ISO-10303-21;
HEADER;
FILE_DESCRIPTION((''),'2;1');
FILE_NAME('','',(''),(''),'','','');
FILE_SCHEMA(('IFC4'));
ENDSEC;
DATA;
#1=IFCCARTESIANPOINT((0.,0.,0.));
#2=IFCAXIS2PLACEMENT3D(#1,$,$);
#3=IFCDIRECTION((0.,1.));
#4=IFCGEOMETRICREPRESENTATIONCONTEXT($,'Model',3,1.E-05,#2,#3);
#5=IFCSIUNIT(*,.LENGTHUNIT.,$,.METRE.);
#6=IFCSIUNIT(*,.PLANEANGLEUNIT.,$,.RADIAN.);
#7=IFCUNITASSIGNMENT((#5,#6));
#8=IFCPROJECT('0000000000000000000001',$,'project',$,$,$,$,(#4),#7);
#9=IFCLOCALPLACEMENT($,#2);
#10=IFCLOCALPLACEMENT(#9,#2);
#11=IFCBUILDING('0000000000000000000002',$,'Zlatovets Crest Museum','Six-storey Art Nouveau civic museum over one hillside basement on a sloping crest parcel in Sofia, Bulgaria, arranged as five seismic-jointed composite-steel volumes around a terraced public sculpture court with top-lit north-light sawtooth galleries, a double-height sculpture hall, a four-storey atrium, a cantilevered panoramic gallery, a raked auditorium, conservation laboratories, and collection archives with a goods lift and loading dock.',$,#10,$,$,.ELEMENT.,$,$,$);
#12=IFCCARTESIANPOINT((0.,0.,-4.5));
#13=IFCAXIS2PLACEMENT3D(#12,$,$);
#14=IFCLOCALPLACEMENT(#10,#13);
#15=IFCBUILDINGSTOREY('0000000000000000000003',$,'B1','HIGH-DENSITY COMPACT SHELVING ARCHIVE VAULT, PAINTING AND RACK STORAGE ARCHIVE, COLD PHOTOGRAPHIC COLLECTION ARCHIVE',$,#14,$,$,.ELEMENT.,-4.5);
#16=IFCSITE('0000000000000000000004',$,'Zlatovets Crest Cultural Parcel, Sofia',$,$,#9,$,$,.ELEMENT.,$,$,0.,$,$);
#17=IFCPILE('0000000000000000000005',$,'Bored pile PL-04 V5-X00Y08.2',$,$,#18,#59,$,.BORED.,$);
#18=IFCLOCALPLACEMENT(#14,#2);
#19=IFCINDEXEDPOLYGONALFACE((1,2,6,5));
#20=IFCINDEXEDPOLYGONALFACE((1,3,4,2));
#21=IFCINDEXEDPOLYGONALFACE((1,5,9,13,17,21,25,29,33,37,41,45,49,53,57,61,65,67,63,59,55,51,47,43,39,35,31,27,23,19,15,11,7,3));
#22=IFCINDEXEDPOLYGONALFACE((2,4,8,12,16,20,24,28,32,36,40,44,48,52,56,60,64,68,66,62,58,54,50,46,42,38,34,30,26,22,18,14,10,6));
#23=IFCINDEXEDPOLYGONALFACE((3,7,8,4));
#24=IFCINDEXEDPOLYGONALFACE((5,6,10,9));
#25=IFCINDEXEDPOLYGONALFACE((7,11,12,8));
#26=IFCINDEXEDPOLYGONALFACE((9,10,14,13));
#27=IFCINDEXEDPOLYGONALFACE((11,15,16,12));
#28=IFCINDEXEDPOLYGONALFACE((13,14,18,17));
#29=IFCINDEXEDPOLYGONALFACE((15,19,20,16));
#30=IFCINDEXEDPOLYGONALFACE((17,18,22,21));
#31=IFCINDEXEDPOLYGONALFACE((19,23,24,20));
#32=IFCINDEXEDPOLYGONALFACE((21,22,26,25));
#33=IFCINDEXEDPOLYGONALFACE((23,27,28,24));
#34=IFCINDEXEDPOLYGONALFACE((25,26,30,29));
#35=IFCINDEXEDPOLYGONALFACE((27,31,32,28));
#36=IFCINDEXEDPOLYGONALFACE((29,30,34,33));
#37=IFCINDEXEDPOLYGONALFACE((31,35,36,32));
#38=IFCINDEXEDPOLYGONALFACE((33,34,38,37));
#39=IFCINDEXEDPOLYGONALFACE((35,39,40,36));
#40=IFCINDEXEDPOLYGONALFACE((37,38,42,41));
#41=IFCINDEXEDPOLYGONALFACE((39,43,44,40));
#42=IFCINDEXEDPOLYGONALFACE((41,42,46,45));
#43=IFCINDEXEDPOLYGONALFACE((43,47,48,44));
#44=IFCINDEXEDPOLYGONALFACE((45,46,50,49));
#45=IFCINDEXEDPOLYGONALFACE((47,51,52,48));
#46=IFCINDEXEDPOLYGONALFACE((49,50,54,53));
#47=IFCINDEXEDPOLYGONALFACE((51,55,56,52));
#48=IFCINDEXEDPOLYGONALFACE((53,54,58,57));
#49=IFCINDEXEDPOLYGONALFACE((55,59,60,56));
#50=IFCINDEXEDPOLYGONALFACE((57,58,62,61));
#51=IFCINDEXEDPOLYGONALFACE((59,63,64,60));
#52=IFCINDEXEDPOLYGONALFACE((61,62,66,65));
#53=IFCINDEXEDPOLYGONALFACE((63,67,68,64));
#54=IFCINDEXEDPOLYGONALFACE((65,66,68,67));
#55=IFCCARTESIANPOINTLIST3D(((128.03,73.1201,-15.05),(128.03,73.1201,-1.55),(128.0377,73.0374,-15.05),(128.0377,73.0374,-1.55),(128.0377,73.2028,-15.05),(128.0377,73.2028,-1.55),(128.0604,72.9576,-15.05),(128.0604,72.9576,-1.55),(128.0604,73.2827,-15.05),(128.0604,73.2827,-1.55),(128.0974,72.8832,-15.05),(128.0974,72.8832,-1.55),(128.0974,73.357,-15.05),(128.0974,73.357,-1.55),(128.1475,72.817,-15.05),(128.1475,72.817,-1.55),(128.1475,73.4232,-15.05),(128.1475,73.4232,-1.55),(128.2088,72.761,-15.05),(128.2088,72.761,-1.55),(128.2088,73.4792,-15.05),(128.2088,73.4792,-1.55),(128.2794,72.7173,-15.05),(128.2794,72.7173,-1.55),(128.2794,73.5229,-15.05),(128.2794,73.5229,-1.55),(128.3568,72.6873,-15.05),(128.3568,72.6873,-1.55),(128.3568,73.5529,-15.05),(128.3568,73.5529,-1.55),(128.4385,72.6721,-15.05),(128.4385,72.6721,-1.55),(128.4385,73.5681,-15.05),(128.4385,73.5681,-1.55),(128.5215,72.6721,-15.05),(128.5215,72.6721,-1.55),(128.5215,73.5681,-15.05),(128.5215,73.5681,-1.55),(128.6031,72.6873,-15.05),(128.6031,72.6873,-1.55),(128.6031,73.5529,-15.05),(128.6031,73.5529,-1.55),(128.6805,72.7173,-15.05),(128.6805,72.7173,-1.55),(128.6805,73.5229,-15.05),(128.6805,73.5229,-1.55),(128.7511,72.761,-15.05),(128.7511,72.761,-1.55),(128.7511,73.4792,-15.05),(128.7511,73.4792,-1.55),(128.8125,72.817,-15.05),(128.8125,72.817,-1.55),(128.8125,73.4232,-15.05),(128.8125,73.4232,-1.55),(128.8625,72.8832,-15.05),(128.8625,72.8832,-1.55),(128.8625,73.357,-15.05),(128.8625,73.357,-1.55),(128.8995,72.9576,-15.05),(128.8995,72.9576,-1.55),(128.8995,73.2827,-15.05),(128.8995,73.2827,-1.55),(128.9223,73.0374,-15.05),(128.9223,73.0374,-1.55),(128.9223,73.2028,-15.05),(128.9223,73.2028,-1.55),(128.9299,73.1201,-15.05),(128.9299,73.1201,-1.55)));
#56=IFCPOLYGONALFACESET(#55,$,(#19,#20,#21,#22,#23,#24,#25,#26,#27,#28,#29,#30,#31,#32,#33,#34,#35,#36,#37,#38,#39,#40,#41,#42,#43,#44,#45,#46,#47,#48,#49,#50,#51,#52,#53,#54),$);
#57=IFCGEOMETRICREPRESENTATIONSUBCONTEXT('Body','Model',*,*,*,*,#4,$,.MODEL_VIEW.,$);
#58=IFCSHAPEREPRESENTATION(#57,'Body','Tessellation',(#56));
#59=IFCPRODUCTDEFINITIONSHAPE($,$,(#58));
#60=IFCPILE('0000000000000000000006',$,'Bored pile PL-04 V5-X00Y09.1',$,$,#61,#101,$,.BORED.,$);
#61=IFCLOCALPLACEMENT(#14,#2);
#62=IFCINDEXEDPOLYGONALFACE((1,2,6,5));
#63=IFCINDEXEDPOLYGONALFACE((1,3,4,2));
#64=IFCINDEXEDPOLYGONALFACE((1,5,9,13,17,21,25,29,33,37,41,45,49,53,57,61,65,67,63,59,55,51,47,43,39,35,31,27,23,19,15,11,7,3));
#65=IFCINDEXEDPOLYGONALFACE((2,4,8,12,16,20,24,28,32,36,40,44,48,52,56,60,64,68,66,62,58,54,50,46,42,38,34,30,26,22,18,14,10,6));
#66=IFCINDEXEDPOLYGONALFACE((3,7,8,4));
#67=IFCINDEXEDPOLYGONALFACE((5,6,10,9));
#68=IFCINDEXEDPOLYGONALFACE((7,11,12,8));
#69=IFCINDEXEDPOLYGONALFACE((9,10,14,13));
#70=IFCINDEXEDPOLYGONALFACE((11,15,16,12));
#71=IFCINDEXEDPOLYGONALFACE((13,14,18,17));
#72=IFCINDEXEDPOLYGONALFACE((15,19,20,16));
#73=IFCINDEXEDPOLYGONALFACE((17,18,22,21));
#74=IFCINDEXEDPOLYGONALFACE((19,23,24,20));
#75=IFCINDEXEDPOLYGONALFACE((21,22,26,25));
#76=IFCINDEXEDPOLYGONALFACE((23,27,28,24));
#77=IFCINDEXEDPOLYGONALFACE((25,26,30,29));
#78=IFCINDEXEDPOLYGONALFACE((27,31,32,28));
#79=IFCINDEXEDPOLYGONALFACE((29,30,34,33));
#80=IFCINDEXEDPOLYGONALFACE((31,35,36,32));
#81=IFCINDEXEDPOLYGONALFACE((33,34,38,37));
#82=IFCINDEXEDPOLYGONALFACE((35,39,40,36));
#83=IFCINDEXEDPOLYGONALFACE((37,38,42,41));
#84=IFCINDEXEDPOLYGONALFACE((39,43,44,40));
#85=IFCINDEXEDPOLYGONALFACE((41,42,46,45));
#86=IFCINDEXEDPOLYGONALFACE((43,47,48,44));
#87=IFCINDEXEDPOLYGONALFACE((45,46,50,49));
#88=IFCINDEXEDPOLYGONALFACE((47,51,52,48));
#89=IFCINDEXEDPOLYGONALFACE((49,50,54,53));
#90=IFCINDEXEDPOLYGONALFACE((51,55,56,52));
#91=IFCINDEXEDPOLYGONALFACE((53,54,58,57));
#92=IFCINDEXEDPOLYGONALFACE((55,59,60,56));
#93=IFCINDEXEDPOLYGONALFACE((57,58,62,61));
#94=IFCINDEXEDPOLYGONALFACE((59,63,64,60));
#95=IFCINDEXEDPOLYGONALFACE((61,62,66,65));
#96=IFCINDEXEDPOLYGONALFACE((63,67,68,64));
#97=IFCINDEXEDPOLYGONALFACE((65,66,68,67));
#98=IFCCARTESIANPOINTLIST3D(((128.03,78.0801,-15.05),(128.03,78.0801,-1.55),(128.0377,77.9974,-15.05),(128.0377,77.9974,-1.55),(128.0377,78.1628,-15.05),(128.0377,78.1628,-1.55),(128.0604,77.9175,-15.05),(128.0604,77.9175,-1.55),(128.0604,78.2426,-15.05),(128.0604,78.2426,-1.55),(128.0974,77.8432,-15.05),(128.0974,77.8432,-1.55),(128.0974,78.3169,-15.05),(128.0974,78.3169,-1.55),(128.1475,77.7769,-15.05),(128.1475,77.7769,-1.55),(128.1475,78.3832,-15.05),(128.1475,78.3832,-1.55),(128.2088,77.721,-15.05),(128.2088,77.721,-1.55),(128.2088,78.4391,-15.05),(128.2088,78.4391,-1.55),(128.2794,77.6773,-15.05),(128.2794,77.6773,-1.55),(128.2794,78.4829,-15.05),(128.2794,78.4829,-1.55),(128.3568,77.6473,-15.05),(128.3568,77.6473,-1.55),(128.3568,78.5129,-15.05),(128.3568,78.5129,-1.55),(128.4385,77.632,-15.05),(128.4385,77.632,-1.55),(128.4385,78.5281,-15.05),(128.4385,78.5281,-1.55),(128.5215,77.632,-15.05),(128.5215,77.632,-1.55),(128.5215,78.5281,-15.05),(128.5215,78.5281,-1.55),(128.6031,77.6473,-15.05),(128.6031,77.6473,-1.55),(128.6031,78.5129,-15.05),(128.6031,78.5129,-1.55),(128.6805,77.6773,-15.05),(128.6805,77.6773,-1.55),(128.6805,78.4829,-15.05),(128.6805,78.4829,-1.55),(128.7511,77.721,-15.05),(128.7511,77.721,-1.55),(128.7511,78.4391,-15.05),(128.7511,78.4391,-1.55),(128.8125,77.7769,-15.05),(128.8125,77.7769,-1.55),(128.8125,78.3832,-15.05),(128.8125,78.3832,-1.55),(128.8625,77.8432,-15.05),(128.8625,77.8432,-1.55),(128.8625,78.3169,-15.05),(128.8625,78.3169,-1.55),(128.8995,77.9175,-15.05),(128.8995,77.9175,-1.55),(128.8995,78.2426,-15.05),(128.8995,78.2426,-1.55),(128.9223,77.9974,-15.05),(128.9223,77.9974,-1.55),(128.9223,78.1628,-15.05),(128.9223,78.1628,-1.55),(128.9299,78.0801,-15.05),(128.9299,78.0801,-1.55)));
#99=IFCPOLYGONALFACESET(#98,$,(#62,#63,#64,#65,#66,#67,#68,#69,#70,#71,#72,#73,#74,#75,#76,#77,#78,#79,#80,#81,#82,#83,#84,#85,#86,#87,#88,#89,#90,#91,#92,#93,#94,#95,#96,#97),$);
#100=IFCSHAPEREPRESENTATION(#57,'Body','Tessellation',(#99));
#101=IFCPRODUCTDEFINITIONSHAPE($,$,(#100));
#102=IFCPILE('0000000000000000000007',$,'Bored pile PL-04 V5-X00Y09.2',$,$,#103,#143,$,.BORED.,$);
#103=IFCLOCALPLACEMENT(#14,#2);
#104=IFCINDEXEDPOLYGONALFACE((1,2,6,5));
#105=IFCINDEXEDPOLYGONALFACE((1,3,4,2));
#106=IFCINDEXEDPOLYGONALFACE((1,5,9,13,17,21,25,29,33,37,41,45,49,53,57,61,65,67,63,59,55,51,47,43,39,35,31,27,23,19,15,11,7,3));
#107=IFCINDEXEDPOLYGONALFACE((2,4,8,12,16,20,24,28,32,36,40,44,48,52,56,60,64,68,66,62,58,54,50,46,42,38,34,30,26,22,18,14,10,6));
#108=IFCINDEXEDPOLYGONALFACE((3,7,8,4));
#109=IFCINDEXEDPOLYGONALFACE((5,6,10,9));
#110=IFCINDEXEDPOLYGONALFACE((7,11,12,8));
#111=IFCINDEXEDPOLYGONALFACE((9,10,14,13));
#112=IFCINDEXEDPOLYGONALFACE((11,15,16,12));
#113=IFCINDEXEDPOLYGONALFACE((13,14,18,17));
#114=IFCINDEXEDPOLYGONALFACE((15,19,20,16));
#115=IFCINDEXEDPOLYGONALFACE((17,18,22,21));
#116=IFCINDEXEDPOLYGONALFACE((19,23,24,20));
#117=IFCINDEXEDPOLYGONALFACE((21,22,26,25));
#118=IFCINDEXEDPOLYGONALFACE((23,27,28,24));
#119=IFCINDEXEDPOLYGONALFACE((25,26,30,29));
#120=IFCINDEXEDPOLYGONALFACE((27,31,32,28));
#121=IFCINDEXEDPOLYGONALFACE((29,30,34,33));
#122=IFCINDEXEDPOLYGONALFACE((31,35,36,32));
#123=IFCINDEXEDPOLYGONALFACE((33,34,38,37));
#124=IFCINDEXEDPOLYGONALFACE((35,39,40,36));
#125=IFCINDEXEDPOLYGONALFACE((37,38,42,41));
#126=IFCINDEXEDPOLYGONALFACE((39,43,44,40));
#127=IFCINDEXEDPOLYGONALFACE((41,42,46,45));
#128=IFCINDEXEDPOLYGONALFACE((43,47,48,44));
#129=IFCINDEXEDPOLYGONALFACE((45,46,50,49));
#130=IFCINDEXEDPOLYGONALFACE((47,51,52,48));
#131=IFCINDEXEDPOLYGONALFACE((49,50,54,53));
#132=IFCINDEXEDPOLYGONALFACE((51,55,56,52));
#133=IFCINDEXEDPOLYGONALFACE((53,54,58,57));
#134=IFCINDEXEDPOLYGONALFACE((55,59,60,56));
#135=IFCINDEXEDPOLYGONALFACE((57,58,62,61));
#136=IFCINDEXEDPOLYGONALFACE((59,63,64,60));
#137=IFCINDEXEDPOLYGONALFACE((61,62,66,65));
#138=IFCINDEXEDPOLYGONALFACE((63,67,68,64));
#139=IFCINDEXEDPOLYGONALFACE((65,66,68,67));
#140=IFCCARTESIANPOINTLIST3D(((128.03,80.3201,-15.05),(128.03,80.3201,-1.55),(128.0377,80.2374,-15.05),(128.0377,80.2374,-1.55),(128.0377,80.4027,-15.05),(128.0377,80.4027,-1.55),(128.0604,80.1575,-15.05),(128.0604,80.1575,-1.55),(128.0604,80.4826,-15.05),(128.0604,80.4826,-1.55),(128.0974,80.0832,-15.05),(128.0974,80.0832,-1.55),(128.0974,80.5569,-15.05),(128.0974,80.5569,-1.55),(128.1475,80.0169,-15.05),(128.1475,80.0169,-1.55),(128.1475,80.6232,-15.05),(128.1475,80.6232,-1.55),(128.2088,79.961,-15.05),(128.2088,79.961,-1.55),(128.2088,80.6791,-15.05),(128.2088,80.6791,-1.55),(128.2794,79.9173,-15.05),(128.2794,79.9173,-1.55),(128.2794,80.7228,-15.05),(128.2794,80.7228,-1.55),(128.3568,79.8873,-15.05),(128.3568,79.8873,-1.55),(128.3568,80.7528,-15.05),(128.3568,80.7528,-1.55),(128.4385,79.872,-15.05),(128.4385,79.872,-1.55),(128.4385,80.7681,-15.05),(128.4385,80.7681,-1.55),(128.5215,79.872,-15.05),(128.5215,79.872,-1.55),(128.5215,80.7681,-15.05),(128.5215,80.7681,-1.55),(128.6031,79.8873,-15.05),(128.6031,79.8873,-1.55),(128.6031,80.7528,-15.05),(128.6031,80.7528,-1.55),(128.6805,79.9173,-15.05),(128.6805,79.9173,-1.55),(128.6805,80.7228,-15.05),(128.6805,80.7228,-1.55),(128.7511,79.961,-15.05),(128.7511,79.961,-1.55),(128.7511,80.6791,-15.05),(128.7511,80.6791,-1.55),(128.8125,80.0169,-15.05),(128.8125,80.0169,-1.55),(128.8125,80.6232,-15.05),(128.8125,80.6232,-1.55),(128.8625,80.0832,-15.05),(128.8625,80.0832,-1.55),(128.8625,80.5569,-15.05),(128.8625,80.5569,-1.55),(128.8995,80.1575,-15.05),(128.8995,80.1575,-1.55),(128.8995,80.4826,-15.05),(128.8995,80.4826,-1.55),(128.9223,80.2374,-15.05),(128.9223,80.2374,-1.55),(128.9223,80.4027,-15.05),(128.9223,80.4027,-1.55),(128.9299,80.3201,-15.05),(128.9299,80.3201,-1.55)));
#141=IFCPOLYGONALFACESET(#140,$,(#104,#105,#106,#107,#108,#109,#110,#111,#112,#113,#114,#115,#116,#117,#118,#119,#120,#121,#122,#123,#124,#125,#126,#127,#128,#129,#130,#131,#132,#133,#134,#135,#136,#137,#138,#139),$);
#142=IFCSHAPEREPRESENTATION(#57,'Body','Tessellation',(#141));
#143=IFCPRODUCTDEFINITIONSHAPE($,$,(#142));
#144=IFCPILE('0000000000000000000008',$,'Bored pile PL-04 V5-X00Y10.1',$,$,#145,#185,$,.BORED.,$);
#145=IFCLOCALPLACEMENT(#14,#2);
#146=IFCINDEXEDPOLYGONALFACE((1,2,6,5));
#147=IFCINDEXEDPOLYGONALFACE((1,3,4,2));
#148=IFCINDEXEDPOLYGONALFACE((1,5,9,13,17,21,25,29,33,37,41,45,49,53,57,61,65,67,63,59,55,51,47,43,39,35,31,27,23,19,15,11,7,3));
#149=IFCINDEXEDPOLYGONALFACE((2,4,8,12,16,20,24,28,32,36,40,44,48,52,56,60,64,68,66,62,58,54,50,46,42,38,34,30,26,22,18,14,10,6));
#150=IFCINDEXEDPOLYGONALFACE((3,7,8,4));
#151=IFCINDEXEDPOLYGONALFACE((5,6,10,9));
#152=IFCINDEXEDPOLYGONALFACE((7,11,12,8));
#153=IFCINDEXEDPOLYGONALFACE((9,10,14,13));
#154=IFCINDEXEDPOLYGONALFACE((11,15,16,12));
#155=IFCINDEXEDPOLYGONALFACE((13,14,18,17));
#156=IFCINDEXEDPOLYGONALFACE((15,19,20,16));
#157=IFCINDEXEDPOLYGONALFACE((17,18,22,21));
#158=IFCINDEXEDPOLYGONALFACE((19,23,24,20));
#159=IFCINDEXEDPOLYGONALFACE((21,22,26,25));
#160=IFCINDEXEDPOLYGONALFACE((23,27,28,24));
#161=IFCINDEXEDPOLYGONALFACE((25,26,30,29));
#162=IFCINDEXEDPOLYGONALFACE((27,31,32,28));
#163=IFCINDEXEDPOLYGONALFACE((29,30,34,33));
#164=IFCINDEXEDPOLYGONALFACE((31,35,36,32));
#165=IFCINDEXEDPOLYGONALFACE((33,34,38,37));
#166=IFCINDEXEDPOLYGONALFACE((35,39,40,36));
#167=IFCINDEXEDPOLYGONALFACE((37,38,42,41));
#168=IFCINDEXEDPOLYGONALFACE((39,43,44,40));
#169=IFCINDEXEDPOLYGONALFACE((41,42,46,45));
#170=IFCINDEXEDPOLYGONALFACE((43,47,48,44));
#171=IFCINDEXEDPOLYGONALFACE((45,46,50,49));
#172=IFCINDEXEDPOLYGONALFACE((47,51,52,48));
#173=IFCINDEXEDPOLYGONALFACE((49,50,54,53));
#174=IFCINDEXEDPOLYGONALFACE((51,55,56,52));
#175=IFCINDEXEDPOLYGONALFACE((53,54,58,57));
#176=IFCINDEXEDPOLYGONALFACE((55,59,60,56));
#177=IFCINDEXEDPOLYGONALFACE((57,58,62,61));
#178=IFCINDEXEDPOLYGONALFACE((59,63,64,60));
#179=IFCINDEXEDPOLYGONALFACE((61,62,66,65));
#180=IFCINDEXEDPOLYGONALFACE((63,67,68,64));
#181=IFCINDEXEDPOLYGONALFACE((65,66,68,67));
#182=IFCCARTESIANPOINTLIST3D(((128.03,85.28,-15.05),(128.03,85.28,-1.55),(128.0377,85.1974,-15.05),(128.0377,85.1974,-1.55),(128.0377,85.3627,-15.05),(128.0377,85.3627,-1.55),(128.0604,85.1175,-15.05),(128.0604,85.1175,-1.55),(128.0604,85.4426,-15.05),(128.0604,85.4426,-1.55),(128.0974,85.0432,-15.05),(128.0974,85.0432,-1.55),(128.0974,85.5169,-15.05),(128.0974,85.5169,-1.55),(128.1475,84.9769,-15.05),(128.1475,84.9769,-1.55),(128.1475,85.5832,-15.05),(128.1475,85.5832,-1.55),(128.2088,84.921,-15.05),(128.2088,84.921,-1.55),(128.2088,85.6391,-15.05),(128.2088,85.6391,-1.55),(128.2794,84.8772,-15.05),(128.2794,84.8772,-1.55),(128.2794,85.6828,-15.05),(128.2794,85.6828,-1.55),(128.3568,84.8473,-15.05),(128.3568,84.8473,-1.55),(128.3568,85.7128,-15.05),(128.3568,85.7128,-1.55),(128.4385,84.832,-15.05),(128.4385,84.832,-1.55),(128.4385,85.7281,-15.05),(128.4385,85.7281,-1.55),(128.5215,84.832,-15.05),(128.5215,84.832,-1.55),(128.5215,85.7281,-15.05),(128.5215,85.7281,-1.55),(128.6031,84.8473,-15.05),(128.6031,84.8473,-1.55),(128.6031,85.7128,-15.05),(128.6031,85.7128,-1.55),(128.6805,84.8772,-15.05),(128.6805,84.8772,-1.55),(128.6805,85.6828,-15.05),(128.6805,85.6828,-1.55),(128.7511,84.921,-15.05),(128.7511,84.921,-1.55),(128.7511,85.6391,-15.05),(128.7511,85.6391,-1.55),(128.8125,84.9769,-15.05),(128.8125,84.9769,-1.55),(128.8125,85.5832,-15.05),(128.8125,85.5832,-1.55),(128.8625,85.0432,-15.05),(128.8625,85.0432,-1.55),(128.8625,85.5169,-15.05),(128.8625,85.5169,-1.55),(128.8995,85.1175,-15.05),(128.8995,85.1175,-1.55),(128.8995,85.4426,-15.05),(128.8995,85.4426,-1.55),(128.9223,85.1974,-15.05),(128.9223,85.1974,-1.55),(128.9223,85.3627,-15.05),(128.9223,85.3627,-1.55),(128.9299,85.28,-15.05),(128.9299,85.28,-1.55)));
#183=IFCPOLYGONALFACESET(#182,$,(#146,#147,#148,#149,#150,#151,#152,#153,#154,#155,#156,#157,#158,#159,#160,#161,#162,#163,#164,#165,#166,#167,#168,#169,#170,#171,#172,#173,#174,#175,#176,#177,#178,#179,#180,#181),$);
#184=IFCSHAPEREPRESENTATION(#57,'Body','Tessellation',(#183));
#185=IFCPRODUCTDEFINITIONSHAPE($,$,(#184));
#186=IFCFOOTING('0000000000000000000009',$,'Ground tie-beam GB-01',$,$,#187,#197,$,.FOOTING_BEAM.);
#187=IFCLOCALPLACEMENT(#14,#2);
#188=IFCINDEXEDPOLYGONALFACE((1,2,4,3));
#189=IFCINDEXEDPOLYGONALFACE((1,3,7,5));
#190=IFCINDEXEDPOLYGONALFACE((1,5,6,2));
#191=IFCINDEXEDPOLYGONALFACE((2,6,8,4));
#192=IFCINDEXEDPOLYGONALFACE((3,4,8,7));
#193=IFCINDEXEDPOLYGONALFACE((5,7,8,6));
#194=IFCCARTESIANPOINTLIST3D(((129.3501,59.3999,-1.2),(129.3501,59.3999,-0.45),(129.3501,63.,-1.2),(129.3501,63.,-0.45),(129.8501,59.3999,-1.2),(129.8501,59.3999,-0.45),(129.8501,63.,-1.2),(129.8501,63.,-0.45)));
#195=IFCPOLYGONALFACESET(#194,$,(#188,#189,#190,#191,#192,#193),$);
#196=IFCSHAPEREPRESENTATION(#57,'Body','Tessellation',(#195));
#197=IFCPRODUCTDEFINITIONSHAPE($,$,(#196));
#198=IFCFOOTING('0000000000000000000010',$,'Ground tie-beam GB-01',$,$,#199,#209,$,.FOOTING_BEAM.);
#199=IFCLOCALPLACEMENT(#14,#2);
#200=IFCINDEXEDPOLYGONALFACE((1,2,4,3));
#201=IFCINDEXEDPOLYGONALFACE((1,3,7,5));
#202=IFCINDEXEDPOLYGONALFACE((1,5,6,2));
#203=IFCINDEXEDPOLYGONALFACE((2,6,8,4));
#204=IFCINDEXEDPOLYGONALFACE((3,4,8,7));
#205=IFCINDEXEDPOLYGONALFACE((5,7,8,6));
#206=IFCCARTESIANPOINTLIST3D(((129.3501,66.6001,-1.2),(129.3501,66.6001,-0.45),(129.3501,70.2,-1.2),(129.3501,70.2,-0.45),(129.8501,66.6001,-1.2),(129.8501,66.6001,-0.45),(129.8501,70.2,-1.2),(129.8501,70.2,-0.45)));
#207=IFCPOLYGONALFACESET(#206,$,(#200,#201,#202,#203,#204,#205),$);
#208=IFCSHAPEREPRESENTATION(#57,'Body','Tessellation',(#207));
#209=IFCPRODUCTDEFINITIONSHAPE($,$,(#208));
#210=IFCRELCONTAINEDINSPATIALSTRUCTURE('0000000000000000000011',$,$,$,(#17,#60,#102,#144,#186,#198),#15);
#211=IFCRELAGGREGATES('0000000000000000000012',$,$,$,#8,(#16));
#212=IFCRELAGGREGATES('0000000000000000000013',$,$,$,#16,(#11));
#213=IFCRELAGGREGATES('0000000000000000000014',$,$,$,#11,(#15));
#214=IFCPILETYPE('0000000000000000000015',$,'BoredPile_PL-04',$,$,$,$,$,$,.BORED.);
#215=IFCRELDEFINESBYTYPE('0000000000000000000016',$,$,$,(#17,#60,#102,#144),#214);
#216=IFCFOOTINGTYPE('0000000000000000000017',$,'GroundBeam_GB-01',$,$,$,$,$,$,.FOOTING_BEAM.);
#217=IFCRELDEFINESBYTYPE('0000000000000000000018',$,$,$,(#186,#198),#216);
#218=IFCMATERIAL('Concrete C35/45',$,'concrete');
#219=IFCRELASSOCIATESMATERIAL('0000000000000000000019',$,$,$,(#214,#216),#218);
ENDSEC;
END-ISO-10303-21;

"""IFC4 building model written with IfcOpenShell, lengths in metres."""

from ifc_helpers import new_model, si_unit, direction, frame, origin, origin_2d, place, context, subcontext, project, spatial, rectangle, circle, extrude, material, material_profile, profile_set, type_object, element, save


model = new_model("IFC4")

# Units and contexts
model_context = context("Model", 3, precision=1e-05, world=origin(), true_north=direction((0.0, 1.0)))
body_context = subcontext(model_context, "Body", "Model", "MODEL_VIEW")
ifc_project = project(units=[si_unit("LENGTHUNIT", "METRE"), si_unit("PLANEANGLEUNIT", "RADIAN")], contexts=[model_context])

# Site, building, storey
site_placement = place(None, origin())
site = spatial("IfcSite", under=ifc_project, at=site_placement, Name="Zlatovets Crest Cultural Parcel, Sofia", CompositionType="ELEMENT", RefElevation=0.0)
building_placement = place(site_placement, origin())
building = spatial("IfcBuilding", under=site, at=building_placement, Name="Zlatovets Crest Museum", Description="Six-storey Art Nouveau civic museum over one hillside basement on a sloping crest parcel in Sofia, Bulgaria, arranged as five seismic-jointed composite-steel volumes around a terraced public sculpture court with top-lit north-light sawtooth galleries, a double-height sculpture hall, a four-storey atrium, a cantilevered panoramic gallery, a raked auditorium, conservation laboratories, and collection archives with a goods lift and loading dock.", CompositionType="ELEMENT")
storey_placement = place(building_placement, frame((0.0, 0.0, -4.5)))
storey = spatial("IfcBuildingStorey", under=building, at=storey_placement, Name="B1", Description="HIGH-DENSITY COMPACT SHELVING ARCHIVE VAULT, PAINTING AND RACK STORAGE ARCHIVE, COLD PHOTOGRAPHIC COLLECTION ARCHIVE", CompositionType="ELEMENT", Elevation=-4.5)

# Piles
ifc_material_1 = material(Name="Concrete C35/45", Category="concrete")
ifc_material_profile_1 = material_profile(ifc_material_1, circle(Radius=0.45, at=origin_2d()), Name="PILE D900")
ifc_profile_set_1 = profile_set([ifc_material_profile_1], Name="Concrete C35/45")
pile_type_1 = type_object("IfcPileType", Name="BoredPile_PL-04", PredefinedType="BORED", material=ifc_profile_set_1)
for number, where, z_axis, x_axis, name in (
    (1, (128.48, 73.1201, -1.55), (0.0, 0.0, -1.0), (1.0, 0.0, 0.0), "Bored pile PL-04 V5-X00Y08.2"),
    (2, (128.48, 78.0801, -1.55), (0.0, 0.0, -1.0), (1.0, 0.0, 0.0), "Bored pile PL-04 V5-X00Y09.1"),
    (3, (128.48, 80.3201, -1.55), (0.0, 0.0, -1.0), (1.0, 0.0, 0.0), "Bored pile PL-04 V5-X00Y09.2"),
    (4, (128.48, 85.28, -1.55), (0.0, 0.0, -1.0), (1.0, 0.0, 0.0), "Bored pile PL-04 V5-X00Y10.1"),
):
    element("IfcPile", number, at=place(storey_placement, frame(where, z_axis=z_axis, x_axis=x_axis)), inside=storey, type_object=pile_type_1, Name=name, PredefinedType="BORED", context=body_context, shape_type="SweptSolid", body=[
        extrude(circle(Radius=0.45, at=origin_2d()), origin(), (0.0, 0.0, 1.0), 13.5),
    ])

# Footings
ifc_material_profile_2 = material_profile(ifc_material_1, rectangle(XDim=0.5, YDim=0.75, at=origin_2d()), Name="RC 500x750")
ifc_profile_set_2 = profile_set([ifc_material_profile_2], Name="Concrete C35/45")
footing_type_1 = type_object("IfcFootingType", Name="GroundBeam_GB-01", PredefinedType="FOOTING_BEAM", material=ifc_profile_set_2)
footing_1_placement = place(storey_placement, frame((129.6001, 59.3999, -0.825), z_axis=(0.0, 1.0, 0.0), x_axis=(-1.0, 0.0, 0.0)))
element("IfcFooting", 5, at=footing_1_placement, inside=storey, type_object=footing_type_1, Name="Ground tie-beam GB-01", PredefinedType="FOOTING_BEAM", context=body_context, shape_type="SweptSolid", body=[
    extrude(rectangle(XDim=0.5, YDim=0.75, at=origin_2d()), origin(), (0.0, 0.0, 1.0), 3.6001),
])
for number, where, z_axis, x_axis, name in (
    (6, (129.6001, 66.6001, -0.825), (0.0, 1.0, 0.0), (-1.0, 0.0, 0.0), "Ground tie-beam GB-01"),
):
    element("IfcFooting", number, at=place(storey_placement, frame(where, z_axis=z_axis, x_axis=x_axis)), inside=storey, type_object=footing_type_1, Name=name, PredefinedType="FOOTING_BEAM", context=body_context, shape_type="SweptSolid", body=[
        extrude(rectangle(XDim=0.5, YDim=0.75, at=origin_2d()), origin(), (0.0, 0.0, 1.0), 3.5999),
    ])

save(model, "model.ifc")
